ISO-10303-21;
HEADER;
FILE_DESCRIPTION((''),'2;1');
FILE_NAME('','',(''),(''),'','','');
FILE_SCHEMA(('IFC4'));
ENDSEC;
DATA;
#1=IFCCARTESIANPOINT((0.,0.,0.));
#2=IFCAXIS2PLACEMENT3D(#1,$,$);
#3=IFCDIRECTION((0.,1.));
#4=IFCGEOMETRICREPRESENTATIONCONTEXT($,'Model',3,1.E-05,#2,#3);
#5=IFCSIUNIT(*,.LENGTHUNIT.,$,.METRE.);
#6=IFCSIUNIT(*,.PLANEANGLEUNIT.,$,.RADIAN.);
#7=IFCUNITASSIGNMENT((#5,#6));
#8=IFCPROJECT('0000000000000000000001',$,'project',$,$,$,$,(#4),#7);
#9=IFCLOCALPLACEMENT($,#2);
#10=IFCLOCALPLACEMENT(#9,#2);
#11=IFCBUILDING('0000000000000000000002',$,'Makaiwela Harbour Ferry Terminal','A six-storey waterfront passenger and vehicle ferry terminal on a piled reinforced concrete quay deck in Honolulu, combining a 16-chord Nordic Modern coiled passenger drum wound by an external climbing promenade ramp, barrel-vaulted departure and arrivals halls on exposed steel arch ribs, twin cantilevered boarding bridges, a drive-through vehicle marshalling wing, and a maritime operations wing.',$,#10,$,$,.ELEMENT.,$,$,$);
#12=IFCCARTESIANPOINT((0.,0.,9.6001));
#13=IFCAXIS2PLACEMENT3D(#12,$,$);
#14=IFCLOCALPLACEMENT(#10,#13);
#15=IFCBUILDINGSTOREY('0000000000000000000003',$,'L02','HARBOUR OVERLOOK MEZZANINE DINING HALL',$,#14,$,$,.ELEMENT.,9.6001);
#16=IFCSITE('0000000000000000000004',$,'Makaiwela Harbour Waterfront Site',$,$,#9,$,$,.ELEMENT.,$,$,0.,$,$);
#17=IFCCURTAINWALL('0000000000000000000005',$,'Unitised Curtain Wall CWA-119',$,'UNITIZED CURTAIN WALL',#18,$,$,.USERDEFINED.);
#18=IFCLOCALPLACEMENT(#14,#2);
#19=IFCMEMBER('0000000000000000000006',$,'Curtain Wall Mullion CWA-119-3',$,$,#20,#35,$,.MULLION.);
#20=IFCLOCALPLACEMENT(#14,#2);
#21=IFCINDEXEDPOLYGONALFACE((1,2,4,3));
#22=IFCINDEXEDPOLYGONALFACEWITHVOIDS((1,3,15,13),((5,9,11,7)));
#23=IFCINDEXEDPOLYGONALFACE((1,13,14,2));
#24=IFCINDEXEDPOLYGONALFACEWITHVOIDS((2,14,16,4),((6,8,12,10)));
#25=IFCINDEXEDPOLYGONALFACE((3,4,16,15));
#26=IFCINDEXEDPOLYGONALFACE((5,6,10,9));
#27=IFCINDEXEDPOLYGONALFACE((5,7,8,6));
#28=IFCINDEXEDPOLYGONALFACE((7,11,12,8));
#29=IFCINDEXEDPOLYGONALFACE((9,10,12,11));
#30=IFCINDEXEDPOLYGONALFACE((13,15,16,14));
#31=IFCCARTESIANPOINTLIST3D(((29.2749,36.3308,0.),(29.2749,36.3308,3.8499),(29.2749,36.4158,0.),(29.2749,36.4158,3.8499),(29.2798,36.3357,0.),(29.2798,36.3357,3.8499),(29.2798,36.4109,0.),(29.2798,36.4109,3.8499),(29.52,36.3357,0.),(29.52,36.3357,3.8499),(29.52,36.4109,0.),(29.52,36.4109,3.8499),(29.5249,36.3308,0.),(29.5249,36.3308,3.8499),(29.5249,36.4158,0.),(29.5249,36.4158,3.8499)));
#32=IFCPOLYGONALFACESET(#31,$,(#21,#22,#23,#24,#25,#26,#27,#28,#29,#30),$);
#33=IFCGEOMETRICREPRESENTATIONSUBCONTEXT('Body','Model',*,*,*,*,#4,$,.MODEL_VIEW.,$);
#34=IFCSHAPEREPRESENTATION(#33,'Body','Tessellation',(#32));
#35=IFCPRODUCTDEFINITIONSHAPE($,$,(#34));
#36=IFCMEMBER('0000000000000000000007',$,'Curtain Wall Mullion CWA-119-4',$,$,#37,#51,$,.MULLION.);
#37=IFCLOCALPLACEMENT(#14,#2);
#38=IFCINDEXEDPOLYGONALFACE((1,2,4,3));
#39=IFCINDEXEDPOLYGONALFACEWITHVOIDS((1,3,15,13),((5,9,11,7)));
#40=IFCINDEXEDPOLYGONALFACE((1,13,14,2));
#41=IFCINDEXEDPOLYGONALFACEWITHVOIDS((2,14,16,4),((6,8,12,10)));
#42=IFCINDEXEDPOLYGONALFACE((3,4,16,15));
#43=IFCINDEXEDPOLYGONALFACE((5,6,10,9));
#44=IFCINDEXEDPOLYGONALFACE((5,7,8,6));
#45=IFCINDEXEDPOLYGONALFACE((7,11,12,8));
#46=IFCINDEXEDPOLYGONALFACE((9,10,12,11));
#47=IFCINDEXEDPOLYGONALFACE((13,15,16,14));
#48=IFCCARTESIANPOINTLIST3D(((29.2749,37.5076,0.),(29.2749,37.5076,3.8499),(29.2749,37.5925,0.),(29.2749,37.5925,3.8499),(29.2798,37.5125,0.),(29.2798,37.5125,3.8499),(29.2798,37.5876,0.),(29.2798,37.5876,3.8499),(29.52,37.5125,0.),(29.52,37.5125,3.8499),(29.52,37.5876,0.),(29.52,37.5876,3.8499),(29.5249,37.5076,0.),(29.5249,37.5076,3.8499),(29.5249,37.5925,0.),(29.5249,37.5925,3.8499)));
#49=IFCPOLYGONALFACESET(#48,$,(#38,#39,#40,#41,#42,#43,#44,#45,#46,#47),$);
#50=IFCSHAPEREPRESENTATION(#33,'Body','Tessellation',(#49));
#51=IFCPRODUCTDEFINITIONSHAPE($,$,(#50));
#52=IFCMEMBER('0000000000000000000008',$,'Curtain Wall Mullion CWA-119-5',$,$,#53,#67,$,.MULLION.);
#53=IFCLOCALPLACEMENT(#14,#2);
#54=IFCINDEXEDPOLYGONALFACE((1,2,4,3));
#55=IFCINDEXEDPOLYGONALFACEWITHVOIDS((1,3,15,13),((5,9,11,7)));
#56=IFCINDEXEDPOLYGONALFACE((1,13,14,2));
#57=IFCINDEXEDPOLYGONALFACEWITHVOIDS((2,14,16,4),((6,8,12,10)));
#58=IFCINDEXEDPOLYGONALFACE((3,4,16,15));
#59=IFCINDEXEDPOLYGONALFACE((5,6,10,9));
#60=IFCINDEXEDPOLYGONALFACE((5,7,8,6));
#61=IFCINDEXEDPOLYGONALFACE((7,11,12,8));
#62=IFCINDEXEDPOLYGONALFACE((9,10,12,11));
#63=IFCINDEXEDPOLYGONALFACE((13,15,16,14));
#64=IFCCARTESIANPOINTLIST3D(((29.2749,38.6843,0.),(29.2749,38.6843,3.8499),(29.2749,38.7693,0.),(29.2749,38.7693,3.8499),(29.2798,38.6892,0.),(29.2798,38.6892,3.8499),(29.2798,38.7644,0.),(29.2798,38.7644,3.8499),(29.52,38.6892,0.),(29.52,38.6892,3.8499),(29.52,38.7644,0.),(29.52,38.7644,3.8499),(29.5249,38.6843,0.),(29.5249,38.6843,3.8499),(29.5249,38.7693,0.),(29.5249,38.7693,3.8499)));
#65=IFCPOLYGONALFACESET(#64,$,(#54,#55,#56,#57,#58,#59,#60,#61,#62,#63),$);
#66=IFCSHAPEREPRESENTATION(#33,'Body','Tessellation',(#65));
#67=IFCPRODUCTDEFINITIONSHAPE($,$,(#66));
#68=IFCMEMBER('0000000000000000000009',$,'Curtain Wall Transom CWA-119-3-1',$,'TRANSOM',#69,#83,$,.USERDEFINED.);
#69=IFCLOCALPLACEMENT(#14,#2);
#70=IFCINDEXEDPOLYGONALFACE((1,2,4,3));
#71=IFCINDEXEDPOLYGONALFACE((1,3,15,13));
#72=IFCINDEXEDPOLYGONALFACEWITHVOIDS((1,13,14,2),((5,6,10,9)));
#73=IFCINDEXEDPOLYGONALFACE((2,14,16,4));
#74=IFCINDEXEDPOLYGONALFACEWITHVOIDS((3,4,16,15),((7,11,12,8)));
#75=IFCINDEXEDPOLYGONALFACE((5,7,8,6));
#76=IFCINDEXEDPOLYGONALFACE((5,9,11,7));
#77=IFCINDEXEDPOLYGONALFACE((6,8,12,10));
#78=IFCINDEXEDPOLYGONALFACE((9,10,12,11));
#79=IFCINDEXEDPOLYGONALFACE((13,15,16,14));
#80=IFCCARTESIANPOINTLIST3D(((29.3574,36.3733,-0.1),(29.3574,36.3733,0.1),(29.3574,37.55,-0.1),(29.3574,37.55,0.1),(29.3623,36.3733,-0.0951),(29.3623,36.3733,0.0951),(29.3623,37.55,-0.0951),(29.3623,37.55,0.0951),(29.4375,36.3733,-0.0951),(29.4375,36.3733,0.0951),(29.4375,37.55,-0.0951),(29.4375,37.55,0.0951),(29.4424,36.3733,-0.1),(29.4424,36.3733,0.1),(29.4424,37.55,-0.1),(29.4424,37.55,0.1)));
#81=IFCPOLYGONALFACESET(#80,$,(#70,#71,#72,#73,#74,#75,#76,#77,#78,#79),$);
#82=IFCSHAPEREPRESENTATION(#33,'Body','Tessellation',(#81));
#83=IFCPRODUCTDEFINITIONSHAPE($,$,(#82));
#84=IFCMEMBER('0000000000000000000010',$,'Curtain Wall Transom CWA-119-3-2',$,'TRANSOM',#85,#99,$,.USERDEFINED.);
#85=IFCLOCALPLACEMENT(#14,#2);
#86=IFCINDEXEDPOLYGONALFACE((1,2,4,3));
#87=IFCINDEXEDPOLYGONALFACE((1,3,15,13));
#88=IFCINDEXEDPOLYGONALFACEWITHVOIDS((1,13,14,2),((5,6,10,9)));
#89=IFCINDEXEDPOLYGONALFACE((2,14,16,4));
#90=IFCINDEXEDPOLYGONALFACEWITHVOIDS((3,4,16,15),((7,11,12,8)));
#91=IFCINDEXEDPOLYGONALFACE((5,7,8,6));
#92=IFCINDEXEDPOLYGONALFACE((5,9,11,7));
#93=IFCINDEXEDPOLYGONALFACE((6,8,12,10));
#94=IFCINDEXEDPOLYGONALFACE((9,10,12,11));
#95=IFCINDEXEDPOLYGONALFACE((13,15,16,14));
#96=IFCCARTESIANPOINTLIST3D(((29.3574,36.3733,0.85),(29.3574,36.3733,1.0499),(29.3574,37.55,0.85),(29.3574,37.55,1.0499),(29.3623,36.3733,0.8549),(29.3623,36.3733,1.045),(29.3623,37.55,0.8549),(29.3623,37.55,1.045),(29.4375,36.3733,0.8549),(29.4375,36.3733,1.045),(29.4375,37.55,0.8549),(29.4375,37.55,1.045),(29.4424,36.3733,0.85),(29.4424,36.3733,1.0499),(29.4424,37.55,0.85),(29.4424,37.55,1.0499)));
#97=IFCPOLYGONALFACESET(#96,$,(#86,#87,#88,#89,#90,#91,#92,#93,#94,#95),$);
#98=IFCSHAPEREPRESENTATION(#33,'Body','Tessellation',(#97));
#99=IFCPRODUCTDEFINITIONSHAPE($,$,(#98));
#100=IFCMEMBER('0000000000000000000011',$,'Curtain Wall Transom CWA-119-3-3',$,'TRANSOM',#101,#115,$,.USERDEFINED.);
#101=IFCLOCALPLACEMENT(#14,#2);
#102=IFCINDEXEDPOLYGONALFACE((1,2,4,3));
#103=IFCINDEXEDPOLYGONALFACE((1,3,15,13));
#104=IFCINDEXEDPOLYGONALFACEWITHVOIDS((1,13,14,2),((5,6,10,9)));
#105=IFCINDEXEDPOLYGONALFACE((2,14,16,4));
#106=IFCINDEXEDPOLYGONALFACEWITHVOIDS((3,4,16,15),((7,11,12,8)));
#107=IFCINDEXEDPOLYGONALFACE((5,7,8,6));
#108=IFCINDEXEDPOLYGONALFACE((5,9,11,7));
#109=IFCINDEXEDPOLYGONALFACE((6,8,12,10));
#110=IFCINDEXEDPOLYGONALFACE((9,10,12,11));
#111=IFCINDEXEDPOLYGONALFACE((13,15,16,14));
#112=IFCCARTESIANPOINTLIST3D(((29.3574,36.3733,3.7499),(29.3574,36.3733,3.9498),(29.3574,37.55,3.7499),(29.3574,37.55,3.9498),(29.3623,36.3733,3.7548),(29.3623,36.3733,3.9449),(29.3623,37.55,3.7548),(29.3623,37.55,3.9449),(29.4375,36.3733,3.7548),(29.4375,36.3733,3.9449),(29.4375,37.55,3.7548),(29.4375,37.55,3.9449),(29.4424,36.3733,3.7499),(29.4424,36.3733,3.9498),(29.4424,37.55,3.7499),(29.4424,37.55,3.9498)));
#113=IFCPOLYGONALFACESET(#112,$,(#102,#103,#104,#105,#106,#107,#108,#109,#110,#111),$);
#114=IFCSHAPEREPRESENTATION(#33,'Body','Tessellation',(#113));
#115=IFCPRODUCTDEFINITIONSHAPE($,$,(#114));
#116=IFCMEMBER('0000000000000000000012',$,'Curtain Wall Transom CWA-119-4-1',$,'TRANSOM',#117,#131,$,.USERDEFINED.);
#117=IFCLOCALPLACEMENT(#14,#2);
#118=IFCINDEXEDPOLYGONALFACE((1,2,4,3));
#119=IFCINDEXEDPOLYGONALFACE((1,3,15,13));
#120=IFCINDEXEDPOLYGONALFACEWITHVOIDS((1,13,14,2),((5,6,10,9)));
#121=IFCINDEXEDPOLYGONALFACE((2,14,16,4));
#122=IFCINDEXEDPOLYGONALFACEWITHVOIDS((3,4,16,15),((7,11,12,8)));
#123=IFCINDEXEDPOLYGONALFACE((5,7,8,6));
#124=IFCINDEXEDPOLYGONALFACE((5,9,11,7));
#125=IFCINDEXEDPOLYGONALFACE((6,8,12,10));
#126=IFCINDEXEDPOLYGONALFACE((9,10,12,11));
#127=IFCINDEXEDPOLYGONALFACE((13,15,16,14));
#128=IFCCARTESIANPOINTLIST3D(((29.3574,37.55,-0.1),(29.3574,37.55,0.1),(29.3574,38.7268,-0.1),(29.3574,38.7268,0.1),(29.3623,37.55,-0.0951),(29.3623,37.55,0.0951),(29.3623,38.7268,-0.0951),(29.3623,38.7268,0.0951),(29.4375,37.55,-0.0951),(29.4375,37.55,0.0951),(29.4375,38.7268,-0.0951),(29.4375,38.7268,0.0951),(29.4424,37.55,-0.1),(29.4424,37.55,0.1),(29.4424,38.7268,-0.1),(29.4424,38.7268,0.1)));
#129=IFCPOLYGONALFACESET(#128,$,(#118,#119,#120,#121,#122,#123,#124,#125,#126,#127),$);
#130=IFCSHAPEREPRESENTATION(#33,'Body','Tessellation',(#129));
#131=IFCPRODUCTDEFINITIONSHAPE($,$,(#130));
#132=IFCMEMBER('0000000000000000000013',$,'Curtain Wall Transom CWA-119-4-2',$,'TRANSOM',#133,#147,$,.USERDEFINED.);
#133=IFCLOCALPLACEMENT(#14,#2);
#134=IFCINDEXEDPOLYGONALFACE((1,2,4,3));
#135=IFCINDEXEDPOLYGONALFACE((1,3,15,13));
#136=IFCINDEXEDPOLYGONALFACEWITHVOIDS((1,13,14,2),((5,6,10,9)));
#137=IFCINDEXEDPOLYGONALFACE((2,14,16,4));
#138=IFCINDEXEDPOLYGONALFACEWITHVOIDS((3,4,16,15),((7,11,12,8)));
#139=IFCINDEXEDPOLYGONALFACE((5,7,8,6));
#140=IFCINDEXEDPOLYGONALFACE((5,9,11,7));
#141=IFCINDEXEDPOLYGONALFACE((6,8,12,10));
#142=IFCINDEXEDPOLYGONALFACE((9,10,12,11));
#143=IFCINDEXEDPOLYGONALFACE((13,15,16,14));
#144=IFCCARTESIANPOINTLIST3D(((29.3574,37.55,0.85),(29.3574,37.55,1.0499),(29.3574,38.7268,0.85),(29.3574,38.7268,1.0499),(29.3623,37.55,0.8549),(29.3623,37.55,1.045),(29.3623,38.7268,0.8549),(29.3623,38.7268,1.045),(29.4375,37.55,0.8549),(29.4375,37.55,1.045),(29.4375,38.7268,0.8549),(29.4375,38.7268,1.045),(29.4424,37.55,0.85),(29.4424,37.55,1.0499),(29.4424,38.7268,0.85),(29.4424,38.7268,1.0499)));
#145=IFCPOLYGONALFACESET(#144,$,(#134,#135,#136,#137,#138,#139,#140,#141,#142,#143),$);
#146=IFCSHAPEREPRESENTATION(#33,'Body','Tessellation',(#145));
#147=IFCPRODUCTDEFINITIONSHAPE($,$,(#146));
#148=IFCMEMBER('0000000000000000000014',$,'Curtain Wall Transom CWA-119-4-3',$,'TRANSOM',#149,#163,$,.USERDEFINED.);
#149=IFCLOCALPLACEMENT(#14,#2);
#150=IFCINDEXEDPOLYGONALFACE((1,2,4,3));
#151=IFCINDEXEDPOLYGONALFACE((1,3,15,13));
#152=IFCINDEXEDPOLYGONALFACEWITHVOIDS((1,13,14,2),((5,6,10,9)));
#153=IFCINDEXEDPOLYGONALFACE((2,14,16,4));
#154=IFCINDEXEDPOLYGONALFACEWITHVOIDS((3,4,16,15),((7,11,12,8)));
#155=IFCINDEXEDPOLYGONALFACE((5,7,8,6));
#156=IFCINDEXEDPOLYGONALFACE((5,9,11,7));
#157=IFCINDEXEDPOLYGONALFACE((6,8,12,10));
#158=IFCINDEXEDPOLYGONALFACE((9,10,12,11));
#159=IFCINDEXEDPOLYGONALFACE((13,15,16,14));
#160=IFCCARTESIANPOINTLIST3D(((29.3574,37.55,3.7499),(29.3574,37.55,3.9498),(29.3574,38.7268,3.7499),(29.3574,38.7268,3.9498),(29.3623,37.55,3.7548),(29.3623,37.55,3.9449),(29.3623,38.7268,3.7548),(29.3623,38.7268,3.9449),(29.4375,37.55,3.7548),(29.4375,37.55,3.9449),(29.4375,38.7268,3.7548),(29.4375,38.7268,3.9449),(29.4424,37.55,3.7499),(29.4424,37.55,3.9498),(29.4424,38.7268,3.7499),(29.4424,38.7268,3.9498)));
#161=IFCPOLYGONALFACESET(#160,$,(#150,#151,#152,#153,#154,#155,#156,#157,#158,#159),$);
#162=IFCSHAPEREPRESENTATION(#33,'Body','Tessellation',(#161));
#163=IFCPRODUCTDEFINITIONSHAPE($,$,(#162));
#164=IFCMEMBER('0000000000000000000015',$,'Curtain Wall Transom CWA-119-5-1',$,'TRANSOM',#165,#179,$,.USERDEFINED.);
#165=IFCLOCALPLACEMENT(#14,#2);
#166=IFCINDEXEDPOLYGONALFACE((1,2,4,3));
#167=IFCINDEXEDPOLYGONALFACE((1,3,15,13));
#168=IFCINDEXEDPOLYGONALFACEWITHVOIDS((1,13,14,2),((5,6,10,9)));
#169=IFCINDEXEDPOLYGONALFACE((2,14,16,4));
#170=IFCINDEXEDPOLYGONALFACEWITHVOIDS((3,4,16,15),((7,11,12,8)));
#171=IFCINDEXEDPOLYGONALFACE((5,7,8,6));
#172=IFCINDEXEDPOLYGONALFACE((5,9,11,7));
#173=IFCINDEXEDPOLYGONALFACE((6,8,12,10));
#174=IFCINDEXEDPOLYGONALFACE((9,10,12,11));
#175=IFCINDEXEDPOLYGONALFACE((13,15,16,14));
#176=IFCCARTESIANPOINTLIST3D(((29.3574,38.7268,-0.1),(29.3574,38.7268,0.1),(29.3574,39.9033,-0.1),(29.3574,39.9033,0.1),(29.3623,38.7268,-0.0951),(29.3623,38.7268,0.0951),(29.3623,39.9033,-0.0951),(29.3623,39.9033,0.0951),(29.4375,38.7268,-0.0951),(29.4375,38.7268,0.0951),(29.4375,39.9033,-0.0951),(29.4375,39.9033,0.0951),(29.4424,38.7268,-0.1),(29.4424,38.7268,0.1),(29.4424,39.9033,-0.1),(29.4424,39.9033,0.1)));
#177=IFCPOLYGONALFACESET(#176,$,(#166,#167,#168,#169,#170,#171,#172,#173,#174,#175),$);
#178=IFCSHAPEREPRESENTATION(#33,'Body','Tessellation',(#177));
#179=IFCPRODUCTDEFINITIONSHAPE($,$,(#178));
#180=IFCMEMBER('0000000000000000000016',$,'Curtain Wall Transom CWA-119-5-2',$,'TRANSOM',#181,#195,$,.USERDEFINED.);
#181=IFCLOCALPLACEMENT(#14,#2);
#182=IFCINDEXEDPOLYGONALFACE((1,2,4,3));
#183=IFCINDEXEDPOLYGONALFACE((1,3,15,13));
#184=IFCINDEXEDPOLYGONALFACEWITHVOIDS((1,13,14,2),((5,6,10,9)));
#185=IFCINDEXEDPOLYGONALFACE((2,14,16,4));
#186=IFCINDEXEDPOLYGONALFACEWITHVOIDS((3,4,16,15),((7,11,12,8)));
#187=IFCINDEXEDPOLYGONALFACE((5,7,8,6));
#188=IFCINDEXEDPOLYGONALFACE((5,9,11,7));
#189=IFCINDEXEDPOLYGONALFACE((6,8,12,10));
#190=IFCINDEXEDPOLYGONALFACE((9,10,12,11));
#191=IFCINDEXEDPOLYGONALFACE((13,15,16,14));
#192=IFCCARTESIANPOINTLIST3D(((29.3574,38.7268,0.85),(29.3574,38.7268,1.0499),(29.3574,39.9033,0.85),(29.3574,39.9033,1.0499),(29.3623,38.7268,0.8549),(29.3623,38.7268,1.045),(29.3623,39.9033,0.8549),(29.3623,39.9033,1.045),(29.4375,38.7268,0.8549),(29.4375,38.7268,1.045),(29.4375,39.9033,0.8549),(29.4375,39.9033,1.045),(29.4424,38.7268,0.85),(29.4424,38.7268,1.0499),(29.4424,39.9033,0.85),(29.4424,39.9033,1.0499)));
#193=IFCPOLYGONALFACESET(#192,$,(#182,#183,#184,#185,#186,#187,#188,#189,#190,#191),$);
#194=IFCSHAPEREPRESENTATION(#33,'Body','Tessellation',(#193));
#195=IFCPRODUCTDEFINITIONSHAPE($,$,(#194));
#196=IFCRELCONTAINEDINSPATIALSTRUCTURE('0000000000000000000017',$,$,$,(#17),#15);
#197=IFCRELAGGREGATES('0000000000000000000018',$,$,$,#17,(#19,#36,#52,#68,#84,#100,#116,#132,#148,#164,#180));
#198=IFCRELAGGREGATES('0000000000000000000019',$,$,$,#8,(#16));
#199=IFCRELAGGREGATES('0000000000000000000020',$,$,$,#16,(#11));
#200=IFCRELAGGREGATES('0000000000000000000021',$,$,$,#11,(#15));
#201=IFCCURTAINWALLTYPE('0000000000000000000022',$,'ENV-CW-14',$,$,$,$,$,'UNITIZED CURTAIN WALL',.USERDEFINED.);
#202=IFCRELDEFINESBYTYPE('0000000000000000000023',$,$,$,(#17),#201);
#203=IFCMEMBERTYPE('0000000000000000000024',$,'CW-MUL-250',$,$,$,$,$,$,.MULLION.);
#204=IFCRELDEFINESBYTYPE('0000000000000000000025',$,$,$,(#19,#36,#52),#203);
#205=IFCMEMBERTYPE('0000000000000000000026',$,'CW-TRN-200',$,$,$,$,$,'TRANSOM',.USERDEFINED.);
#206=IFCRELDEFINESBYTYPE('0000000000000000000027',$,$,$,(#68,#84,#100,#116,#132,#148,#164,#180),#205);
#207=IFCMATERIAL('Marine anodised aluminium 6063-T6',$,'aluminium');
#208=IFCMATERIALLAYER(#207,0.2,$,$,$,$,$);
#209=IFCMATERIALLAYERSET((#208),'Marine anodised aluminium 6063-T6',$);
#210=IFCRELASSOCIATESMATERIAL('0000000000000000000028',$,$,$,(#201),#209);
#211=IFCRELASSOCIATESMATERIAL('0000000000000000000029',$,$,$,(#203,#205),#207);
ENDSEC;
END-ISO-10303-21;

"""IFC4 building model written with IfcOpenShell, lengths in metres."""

from ifc_helpers import new_model, si_unit, direction, frame, origin, origin_2d, place, context, subcontext, project, spatial, hollow_rectangle, extrude, material, layer, layer_set, material_profile, profile_set, type_object, element, aggregate, save


model = new_model("IFC4")

# Units and contexts
model_context = context("Model", 3, precision=1e-05, world=origin(), true_north=direction((0.0, 1.0)))
body_context = subcontext(model_context, "Body", "Model", "MODEL_VIEW")
ifc_project = project(units=[si_unit("LENGTHUNIT", "METRE"), si_unit("PLANEANGLEUNIT", "RADIAN")], contexts=[model_context])

# Site, building, storey
site_placement = place(None, origin())
site = spatial("IfcSite", under=ifc_project, at=site_placement, Name="Makaiwela Harbour Waterfront Site", CompositionType="ELEMENT", RefElevation=0.0)
building_placement = place(site_placement, origin())
building = spatial("IfcBuilding", under=site, at=building_placement, Name="Makaiwela Harbour Ferry Terminal", Description="A six-storey waterfront passenger and vehicle ferry terminal on a piled reinforced concrete quay deck in Honolulu, combining a 16-chord Nordic Modern coiled passenger drum wound by an external climbing promenade ramp, barrel-vaulted departure and arrivals halls on exposed steel arch ribs, twin cantilevered boarding bridges, a drive-through vehicle marshalling wing, and a maritime operations wing.", CompositionType="ELEMENT")
storey_placement = place(building_placement, frame((0.0, 0.0, 9.6001)))
storey = spatial("IfcBuildingStorey", under=building, at=storey_placement, Name="L02", Description="HARBOUR OVERLOOK MEZZANINE DINING HALL", CompositionType="ELEMENT", Elevation=9.6001)

# Curtain wall, members
ifc_material_1 = material(Name="Marine anodised aluminium 6063-T6", Category="aluminium")
ifc_layer_1 = layer(ifc_material_1, 0.2)
ifc_layer_set_1 = layer_set([ifc_layer_1], Name="Marine anodised aluminium 6063-T6")
curtain_wall_type = type_object("IfcCurtainWallType", Name="ENV-CW-14", ElementType="UNITIZED CURTAIN WALL", PredefinedType="USERDEFINED", material=ifc_layer_set_1)
curtain_wall_placement = place(storey_placement, origin())
curtain_wall = element("IfcCurtainWall", 1, at=curtain_wall_placement, inside=storey, type_object=curtain_wall_type, Name="Unitised Curtain Wall CWA-119", ObjectType="UNITIZED CURTAIN WALL", PredefinedType="USERDEFINED")
ifc_material_profile_1 = material_profile(ifc_material_1, hollow_rectangle(XDim=0.085, YDim=0.25, WallThickness=0.0049, at=origin_2d()), Name="CWM-250X85")
ifc_profile_set_1 = profile_set([ifc_material_profile_1], Name="Marine anodised aluminium 6063-T6")
member_type_1 = type_object("IfcMemberType", Name="CW-MUL-250", PredefinedType="MULLION", material=ifc_profile_set_1)
member_1_placement = place(storey_placement, frame((29.3999, 36.3733, 0.0), z_axis=(0.0, 0.0, 1.0), x_axis=(0.0, 1.0, 0.0)))
member_1 = element("IfcMember", 2, at=member_1_placement, type_object=member_type_1, Name="Curtain Wall Mullion CWA-119-3", PredefinedType="MULLION", context=body_context, shape_type="SweptSolid", body=[
    extrude(hollow_rectangle(XDim=0.085, YDim=0.25, WallThickness=0.0049, at=origin_2d()), origin(), (0.0, 0.0, 1.0), 3.8499),
])
member_2_placement = place(storey_placement, frame((29.3999, 37.55, 0.0), z_axis=(0.0, 0.0, 1.0), x_axis=(0.0, 1.0, 0.0)))
member_2 = element("IfcMember", 3, at=member_2_placement, type_object=member_type_1, Name="Curtain Wall Mullion CWA-119-4", PredefinedType="MULLION", context=body_context, shape_type="SweptSolid", body=[
    extrude(hollow_rectangle(XDim=0.085, YDim=0.25, WallThickness=0.0049, at=origin_2d()), origin(), (0.0, 0.0, 1.0), 3.8499),
])
member_3_placement = place(storey_placement, frame((29.3999, 38.7268, 0.0), z_axis=(0.0, 0.0, 1.0), x_axis=(0.0, 1.0, 0.0)))
member_3 = element("IfcMember", 4, at=member_3_placement, type_object=member_type_1, Name="Curtain Wall Mullion CWA-119-5", PredefinedType="MULLION", context=body_context, shape_type="SweptSolid", body=[
    extrude(hollow_rectangle(XDim=0.085, YDim=0.25, WallThickness=0.0049, at=origin_2d()), origin(), (0.0, 0.0, 1.0), 3.8499),
])
ifc_material_profile_2 = material_profile(ifc_material_1, hollow_rectangle(XDim=0.085, YDim=0.2, WallThickness=0.0049, at=origin_2d()), Name="CWT-200X85")
ifc_profile_set_2 = profile_set([ifc_material_profile_2], Name="Marine anodised aluminium 6063-T6")
member_type_2 = type_object("IfcMemberType", Name="CW-TRN-200", ElementType="TRANSOM", PredefinedType="USERDEFINED", material=ifc_profile_set_2)
member_4_placement = place(storey_placement, frame((29.3999, 36.3733, 0.0), z_axis=(0.0, 1.0, 0.0), x_axis=(-1.0, 0.0, 0.0)))
member_4 = element("IfcMember", 5, at=member_4_placement, type_object=member_type_2, Name="Curtain Wall Transom CWA-119-3-1", ObjectType="TRANSOM", PredefinedType="USERDEFINED", context=body_context, shape_type="SweptSolid", body=[
    extrude(hollow_rectangle(XDim=0.085, YDim=0.2, WallThickness=0.0049, at=origin_2d()), origin(), (0.0, 0.0, 1.0), 1.1768),
])
member_5_placement = place(storey_placement, frame((29.3999, 36.3733, 0.95), z_axis=(0.0, 1.0, 0.0), x_axis=(-1.0, 0.0, 0.0)))
member_5 = element("IfcMember", 6, at=member_5_placement, type_object=member_type_2, Name="Curtain Wall Transom CWA-119-3-2", ObjectType="TRANSOM", PredefinedType="USERDEFINED", context=body_context, shape_type="SweptSolid", body=[
    extrude(hollow_rectangle(XDim=0.085, YDim=0.2, WallThickness=0.0049, at=origin_2d()), origin(), (0.0, 0.0, 1.0), 1.1768),
])
member_6_placement = place(storey_placement, frame((29.3999, 36.3733, 3.8499), z_axis=(0.0, 1.0, 0.0), x_axis=(-1.0, 0.0, 0.0)))
member_6 = element("IfcMember", 7, at=member_6_placement, type_object=member_type_2, Name="Curtain Wall Transom CWA-119-3-3", ObjectType="TRANSOM", PredefinedType="USERDEFINED", context=body_context, shape_type="SweptSolid", body=[
    extrude(hollow_rectangle(XDim=0.085, YDim=0.2, WallThickness=0.0049, at=origin_2d()), origin(), (0.0, 0.0, 1.0), 1.1768),
])
member_7_placement = place(storey_placement, frame((29.3999, 37.55, 0.0), z_axis=(0.0, 1.0, 0.0), x_axis=(-1.0, 0.0, 0.0)))
member_7 = element("IfcMember", 8, at=member_7_placement, type_object=member_type_2, Name="Curtain Wall Transom CWA-119-4-1", ObjectType="TRANSOM", PredefinedType="USERDEFINED", context=body_context, shape_type="SweptSolid", body=[
    extrude(hollow_rectangle(XDim=0.085, YDim=0.2, WallThickness=0.0049, at=origin_2d()), origin(), (0.0, 0.0, 1.0), 1.1768),
])
member_8_placement = place(storey_placement, frame((29.3999, 37.55, 0.95), z_axis=(0.0, 1.0, 0.0), x_axis=(-1.0, 0.0, 0.0)))
member_8 = element("IfcMember", 9, at=member_8_placement, type_object=member_type_2, Name="Curtain Wall Transom CWA-119-4-2", ObjectType="TRANSOM", PredefinedType="USERDEFINED", context=body_context, shape_type="SweptSolid", body=[
    extrude(hollow_rectangle(XDim=0.085, YDim=0.2, WallThickness=0.0049, at=origin_2d()), origin(), (0.0, 0.0, 1.0), 1.1768),
])
member_9_placement = place(storey_placement, frame((29.3999, 37.55, 3.8499), z_axis=(0.0, 1.0, 0.0), x_axis=(-1.0, 0.0, 0.0)))
member_9 = element("IfcMember", 10, at=member_9_placement, type_object=member_type_2, Name="Curtain Wall Transom CWA-119-4-3", ObjectType="TRANSOM", PredefinedType="USERDEFINED", context=body_context, shape_type="SweptSolid", body=[
    extrude(hollow_rectangle(XDim=0.085, YDim=0.2, WallThickness=0.0049, at=origin_2d()), origin(), (0.0, 0.0, 1.0), 1.1768),
])
member_10_placement = place(storey_placement, frame((29.3999, 38.7268, 0.0), z_axis=(0.0, 1.0, 0.0), x_axis=(-1.0, 0.0, 0.0)))
member_10 = element("IfcMember", 11, at=member_10_placement, type_object=member_type_2, Name="Curtain Wall Transom CWA-119-5-1", ObjectType="TRANSOM", PredefinedType="USERDEFINED", context=body_context, shape_type="SweptSolid", body=[
    extrude(hollow_rectangle(XDim=0.085, YDim=0.2, WallThickness=0.0049, at=origin_2d()), origin(), (0.0, 0.0, 1.0), 1.1765),
])
member_11_placement = place(storey_placement, frame((29.3999, 38.7268, 0.95), z_axis=(0.0, 1.0, 0.0), x_axis=(-1.0, 0.0, 0.0)))
member_11 = element("IfcMember", 12, at=member_11_placement, type_object=member_type_2, Name="Curtain Wall Transom CWA-119-5-2", ObjectType="TRANSOM", PredefinedType="USERDEFINED", context=body_context, shape_type="SweptSolid", body=[
    extrude(hollow_rectangle(XDim=0.085, YDim=0.2, WallThickness=0.0049, at=origin_2d()), origin(), (0.0, 0.0, 1.0), 1.1765),
])
aggregate(curtain_wall, [member_1, member_2, member_3, member_4, member_5, member_6, member_7, member_8, member_9, member_10, member_11])

save(model, "model.ifc")
